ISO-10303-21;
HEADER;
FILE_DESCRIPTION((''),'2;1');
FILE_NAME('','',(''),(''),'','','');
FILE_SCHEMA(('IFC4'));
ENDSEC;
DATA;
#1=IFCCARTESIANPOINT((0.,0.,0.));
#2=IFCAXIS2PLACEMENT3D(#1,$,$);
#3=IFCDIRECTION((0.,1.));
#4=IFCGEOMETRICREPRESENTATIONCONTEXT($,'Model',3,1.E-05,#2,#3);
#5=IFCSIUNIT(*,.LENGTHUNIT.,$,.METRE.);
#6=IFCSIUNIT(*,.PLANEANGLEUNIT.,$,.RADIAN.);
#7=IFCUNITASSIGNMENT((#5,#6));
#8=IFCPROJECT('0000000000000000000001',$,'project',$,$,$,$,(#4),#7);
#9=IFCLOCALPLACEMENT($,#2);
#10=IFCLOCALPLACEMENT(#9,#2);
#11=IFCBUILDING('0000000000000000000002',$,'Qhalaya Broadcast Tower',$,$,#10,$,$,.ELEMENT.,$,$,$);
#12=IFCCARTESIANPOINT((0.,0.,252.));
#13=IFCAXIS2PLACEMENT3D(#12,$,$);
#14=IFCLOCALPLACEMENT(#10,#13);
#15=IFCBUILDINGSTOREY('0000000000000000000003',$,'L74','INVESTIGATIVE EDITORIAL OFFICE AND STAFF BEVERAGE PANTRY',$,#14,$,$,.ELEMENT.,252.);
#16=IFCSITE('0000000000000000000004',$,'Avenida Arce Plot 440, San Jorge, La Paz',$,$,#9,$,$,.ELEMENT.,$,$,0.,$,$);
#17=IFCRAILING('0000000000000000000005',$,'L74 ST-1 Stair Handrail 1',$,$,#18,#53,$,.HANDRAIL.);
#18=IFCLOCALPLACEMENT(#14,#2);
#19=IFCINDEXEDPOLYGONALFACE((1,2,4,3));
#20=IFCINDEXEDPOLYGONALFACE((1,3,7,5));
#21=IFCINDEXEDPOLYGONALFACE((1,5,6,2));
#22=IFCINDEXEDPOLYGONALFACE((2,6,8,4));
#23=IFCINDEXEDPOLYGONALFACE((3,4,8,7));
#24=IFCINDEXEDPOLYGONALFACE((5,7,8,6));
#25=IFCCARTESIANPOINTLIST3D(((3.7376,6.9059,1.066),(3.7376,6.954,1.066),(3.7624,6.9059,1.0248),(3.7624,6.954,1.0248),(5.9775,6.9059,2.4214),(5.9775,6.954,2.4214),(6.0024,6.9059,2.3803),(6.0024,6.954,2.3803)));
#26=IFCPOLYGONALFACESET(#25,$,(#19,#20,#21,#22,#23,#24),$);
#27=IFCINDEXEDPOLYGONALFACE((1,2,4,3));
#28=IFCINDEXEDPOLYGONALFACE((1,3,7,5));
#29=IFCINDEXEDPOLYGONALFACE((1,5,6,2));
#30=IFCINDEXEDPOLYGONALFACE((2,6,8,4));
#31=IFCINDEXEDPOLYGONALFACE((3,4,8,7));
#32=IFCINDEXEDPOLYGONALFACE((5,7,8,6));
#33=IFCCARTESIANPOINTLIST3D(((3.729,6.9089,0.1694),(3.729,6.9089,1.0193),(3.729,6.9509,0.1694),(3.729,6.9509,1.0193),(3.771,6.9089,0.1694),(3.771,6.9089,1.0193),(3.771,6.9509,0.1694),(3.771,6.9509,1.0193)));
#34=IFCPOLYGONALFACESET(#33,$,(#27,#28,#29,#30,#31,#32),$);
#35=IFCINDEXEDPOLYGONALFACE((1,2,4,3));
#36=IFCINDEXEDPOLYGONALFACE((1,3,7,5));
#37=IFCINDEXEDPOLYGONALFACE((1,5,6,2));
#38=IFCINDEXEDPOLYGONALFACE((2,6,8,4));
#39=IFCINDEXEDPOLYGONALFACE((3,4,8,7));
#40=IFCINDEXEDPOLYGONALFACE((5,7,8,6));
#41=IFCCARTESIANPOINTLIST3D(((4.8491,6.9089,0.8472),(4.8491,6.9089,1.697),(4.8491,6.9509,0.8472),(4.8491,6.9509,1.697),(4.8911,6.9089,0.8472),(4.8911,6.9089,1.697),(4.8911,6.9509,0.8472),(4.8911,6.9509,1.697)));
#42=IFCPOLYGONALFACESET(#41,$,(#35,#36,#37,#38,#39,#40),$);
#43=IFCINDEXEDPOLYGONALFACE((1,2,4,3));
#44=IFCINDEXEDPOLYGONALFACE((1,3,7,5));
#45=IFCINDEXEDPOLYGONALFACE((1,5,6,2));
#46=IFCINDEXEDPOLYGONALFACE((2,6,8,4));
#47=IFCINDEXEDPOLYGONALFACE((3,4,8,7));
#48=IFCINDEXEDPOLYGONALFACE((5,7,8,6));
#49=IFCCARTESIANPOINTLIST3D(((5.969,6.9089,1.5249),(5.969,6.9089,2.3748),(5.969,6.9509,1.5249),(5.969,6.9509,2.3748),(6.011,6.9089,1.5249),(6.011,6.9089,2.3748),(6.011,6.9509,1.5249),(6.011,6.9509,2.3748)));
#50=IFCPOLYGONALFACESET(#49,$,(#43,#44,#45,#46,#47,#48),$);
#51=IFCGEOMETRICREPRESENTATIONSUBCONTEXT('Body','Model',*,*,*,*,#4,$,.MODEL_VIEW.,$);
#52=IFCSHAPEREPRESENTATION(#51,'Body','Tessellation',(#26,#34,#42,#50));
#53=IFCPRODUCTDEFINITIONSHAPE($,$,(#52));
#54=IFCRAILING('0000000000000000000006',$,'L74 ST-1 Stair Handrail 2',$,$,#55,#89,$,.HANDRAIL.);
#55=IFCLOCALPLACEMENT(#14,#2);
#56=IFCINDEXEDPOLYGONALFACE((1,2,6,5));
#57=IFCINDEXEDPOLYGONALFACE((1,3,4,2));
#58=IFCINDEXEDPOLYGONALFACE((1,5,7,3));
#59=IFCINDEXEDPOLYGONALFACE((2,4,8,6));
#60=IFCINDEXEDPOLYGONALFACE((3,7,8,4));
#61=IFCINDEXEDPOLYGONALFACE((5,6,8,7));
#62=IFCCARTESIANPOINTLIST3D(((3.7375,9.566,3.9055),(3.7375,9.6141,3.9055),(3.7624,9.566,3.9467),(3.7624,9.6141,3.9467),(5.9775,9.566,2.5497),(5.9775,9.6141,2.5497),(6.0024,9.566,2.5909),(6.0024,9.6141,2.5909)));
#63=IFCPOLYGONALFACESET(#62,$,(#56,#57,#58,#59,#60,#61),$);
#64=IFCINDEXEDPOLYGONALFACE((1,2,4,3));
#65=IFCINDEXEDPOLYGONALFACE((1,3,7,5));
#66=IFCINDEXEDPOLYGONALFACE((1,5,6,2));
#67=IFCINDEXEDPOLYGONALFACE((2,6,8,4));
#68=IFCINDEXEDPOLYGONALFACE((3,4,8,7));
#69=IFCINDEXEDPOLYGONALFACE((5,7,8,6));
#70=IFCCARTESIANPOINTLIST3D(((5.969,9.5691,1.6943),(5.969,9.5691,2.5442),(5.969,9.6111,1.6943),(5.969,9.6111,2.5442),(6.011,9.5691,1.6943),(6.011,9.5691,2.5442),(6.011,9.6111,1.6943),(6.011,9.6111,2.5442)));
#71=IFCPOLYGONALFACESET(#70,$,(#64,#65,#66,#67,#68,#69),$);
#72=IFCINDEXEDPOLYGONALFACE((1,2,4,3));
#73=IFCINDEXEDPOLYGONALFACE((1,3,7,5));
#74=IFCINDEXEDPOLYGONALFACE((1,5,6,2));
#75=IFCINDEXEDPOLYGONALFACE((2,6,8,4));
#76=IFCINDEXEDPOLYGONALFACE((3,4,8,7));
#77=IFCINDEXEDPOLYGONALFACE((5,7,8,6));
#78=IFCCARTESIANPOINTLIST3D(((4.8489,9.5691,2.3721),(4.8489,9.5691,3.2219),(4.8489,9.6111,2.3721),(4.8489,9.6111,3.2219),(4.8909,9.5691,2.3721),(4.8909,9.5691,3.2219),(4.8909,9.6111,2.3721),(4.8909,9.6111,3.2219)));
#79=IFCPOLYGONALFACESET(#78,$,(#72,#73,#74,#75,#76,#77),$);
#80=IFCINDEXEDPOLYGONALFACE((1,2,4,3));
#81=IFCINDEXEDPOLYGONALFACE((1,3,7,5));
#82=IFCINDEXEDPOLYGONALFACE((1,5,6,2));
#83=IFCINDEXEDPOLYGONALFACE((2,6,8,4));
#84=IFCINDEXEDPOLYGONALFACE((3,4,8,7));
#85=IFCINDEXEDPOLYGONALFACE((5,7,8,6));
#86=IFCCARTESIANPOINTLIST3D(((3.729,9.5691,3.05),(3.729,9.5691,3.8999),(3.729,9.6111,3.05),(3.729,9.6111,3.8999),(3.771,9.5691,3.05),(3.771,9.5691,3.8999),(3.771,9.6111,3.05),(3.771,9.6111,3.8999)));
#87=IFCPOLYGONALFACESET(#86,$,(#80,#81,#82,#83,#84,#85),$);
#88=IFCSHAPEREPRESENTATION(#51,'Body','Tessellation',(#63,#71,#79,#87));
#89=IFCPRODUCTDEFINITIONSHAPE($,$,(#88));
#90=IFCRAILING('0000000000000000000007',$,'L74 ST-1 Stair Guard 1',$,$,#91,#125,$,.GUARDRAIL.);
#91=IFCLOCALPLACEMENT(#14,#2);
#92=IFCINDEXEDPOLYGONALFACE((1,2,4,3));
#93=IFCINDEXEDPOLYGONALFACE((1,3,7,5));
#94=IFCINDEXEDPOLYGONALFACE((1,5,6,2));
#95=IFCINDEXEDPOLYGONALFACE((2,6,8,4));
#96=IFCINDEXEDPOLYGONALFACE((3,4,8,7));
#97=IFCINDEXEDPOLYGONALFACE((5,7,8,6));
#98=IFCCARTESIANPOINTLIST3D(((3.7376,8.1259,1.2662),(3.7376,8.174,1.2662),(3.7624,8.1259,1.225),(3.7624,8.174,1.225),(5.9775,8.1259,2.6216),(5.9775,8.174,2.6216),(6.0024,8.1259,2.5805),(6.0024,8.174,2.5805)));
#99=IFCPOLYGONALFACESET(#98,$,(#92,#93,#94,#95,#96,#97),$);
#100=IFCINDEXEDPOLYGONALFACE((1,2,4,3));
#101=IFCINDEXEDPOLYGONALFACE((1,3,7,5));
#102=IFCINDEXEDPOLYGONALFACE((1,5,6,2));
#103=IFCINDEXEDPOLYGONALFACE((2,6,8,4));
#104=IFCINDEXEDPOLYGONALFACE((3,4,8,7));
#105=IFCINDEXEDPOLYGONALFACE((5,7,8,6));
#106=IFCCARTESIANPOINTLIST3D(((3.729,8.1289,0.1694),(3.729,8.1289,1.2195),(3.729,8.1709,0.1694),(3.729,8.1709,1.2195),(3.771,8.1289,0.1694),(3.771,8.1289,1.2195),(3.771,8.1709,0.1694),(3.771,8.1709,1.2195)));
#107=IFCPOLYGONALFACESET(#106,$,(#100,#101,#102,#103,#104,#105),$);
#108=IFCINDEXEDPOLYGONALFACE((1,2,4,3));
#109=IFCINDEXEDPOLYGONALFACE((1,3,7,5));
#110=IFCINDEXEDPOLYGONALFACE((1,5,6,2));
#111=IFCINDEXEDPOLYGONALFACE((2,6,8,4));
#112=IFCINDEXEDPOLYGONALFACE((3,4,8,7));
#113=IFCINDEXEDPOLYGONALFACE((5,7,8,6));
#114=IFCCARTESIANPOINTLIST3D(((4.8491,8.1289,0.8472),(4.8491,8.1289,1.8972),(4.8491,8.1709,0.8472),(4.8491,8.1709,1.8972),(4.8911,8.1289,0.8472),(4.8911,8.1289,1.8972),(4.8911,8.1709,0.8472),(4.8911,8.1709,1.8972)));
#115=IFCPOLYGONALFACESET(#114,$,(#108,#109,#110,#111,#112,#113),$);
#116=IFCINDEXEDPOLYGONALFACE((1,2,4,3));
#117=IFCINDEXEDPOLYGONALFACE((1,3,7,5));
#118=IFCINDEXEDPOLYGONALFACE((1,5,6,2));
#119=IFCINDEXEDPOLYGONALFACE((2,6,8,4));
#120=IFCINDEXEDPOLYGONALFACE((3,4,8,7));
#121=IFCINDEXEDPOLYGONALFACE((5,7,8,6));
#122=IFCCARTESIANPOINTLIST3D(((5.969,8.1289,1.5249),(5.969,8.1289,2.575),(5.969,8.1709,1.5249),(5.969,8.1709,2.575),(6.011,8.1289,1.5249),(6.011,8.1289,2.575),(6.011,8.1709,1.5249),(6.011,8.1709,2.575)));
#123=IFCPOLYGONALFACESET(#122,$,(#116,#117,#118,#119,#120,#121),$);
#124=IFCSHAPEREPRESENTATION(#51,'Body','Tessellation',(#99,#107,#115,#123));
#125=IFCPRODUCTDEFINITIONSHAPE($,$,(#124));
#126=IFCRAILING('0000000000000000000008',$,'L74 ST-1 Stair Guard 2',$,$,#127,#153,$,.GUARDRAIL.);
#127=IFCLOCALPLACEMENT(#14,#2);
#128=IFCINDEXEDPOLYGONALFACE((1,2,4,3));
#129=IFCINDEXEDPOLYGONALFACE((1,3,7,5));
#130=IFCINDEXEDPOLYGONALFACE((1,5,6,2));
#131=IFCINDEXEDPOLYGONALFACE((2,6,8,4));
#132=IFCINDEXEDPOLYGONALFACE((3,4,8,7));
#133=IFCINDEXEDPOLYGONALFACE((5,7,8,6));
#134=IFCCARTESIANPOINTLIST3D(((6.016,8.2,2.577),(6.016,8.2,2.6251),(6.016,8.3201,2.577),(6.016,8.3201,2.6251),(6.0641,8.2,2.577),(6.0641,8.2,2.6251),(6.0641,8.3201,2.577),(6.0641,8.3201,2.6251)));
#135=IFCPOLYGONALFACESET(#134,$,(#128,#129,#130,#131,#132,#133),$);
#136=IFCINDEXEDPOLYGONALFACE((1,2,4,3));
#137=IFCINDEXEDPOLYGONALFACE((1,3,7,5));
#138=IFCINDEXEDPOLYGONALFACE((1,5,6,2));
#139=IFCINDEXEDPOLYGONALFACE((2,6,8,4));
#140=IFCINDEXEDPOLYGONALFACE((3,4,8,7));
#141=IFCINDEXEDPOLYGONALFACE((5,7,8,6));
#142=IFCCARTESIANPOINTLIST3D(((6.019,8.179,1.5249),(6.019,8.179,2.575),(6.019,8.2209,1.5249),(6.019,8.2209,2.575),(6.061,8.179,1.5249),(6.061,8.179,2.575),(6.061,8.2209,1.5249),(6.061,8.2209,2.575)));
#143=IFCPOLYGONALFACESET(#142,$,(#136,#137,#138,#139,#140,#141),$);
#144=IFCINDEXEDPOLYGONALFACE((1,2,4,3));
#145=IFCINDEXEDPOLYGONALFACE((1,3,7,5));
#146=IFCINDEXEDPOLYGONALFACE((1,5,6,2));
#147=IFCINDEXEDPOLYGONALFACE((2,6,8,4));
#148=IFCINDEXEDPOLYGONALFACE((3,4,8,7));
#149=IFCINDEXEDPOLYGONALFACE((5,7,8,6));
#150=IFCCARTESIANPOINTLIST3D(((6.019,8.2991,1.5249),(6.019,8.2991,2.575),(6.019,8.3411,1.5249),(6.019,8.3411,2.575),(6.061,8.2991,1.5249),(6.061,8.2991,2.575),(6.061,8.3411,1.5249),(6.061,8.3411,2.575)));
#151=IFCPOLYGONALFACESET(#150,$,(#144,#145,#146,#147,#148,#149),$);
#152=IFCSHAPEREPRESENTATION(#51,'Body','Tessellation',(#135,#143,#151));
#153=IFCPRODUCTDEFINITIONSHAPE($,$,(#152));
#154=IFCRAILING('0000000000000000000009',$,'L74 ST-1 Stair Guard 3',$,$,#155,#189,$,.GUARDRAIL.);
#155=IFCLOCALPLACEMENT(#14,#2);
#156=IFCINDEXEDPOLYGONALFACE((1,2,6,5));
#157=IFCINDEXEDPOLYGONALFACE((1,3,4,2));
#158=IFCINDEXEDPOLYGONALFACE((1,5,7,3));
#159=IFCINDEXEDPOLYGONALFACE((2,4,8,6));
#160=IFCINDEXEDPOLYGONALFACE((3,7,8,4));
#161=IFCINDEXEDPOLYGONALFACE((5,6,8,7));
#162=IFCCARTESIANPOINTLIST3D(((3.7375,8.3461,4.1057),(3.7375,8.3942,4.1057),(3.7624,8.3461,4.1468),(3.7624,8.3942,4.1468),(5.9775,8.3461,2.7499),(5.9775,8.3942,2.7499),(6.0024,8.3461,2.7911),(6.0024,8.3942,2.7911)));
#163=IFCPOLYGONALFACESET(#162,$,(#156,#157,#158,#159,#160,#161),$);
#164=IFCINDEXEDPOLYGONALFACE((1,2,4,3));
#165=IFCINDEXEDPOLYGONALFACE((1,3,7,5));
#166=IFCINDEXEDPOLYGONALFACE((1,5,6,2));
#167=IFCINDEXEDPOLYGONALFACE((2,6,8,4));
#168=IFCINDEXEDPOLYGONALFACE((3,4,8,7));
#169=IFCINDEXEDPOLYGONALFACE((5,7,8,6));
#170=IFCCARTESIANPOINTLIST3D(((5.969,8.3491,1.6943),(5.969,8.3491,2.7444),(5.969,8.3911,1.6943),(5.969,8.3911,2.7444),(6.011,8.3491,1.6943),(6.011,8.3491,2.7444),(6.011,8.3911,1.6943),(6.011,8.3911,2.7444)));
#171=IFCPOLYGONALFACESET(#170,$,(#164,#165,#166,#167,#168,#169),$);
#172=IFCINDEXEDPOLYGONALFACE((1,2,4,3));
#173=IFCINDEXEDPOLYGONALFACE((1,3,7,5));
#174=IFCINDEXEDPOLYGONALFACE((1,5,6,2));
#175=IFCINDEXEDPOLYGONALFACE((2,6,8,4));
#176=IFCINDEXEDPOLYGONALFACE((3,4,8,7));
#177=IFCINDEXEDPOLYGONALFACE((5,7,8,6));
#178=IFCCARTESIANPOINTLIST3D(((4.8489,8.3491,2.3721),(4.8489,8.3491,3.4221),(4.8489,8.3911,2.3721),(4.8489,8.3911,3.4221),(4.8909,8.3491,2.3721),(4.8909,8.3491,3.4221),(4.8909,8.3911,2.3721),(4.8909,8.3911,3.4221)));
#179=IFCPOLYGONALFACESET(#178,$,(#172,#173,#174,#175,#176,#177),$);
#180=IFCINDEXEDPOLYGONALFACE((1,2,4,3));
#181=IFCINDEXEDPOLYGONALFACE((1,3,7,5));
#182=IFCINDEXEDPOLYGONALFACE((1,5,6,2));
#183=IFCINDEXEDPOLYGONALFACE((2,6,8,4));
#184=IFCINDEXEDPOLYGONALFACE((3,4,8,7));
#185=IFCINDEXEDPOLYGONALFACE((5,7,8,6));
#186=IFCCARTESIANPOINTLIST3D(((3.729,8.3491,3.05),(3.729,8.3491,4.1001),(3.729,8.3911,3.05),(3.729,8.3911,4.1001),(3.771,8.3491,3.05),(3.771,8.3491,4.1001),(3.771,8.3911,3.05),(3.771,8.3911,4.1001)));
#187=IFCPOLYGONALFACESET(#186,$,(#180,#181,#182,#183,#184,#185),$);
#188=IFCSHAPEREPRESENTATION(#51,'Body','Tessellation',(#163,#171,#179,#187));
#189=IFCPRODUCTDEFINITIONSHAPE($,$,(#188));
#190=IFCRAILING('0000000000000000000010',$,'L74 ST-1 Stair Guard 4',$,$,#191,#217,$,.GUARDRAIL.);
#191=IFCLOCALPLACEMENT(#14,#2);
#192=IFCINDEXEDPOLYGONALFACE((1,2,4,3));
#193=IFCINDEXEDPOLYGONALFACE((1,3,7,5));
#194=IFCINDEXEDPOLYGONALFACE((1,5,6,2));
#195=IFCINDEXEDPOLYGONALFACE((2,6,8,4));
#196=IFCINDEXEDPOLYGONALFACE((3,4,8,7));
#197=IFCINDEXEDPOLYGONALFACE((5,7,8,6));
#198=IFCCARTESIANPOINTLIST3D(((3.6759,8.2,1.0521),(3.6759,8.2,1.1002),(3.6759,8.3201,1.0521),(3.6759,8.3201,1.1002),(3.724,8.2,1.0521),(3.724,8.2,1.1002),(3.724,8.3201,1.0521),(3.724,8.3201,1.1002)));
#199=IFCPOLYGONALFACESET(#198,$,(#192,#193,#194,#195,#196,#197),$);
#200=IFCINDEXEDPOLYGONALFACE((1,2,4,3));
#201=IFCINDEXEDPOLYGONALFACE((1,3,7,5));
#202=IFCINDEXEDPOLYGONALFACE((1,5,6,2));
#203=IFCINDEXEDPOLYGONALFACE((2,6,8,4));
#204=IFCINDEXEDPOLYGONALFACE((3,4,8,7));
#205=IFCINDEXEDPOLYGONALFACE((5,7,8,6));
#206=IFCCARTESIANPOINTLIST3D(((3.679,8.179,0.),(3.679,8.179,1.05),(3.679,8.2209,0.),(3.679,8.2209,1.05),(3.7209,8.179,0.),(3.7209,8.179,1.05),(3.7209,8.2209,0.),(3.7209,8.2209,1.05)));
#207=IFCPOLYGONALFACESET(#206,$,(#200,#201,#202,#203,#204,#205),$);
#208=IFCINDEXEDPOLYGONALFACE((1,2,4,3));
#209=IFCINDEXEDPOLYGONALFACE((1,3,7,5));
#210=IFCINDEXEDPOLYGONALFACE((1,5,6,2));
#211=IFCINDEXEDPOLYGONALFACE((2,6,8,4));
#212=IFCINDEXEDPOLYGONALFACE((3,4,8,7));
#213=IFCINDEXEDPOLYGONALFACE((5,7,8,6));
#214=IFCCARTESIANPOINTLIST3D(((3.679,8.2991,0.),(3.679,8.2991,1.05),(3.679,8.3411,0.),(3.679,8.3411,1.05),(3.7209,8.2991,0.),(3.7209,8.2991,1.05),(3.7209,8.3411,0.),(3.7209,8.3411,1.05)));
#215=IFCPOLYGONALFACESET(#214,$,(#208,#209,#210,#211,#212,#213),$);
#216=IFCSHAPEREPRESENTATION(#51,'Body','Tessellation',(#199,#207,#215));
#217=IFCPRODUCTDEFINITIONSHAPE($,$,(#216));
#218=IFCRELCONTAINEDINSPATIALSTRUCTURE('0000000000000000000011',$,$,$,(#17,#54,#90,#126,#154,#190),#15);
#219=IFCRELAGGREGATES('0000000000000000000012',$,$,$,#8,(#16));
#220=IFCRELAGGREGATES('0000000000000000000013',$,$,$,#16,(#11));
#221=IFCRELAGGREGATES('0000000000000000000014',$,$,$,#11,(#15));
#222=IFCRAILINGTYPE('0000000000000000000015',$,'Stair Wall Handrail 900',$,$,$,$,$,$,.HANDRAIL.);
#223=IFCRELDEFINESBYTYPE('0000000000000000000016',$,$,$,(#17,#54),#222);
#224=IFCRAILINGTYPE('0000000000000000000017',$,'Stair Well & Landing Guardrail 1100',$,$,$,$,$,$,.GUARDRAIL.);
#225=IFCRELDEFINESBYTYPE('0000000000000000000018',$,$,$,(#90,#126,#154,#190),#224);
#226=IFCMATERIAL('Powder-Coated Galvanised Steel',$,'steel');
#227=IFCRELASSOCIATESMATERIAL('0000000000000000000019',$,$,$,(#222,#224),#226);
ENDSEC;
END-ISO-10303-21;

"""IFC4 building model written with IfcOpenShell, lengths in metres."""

from ifc_helpers import new_model, si_unit, direction, frame, origin, origin_2d, place, context, subcontext, project, spatial, rectangle, extrude, material, type_object, element, save


model = new_model("IFC4")

# Units and contexts
model_context = context("Model", 3, precision=1e-05, world=origin(), true_north=direction((0.0, 1.0)))
body_context = subcontext(model_context, "Body", "Model", "MODEL_VIEW")
ifc_project = project(units=[si_unit("LENGTHUNIT", "METRE"), si_unit("PLANEANGLEUNIT", "RADIAN")], contexts=[model_context])

# Site, building, storey
site_placement = place(None, origin())
site = spatial("IfcSite", under=ifc_project, at=site_placement, Name="Avenida Arce Plot 440, San Jorge, La Paz", CompositionType="ELEMENT", RefElevation=0.0)
building_placement = place(site_placement, origin())
building = spatial("IfcBuilding", under=site, at=building_placement, Name="Qhalaya Broadcast Tower", CompositionType="ELEMENT")
storey_placement = place(building_placement, frame((0.0, 0.0, 252.0)))
storey = spatial("IfcBuildingStorey", under=building, at=storey_placement, Name="L74", Description="INVESTIGATIVE EDITORIAL OFFICE AND STAFF BEVERAGE PANTRY", CompositionType="ELEMENT", Elevation=252.0)

# Railings
ifc_material_1 = material(Name="Powder-Coated Galvanised Steel", Category="steel")
railing_type_1 = type_object("IfcRailingType", Name="Stair Wall Handrail 900", PredefinedType="HANDRAIL", material=ifc_material_1)
railing_1_placement = place(storey_placement, frame((3.75, 6.9299, 0.1694)))
element("IfcRailing", 1, at=railing_1_placement, inside=storey, type_object=railing_type_1, Name="L74 ST-1 Stair Handrail 1", PredefinedType="HANDRAIL", context=body_context, shape_type="SweptSolid", body=[
    extrude(rectangle(XDim=0.0481, YDim=0.0481, at=origin_2d()), frame((0.0, 0.0, 0.876), z_axis=(0.855553, 0.0, 0.517715), x_axis=(0.0, 1.0, 0.0)), (0.0, 0.0, 1.0), 2.6182),
    extrude(rectangle(XDim=0.042, YDim=0.042, at=origin_2d()), origin(), (0.0, 0.0, 1.0), 0.8499),
    extrude(rectangle(XDim=0.042, YDim=0.042, at=origin_2d()), frame((1.1201, 0.0, 0.6777)), (0.0, 0.0, 1.0), 0.8499),
    extrude(rectangle(XDim=0.042, YDim=0.042, at=origin_2d()), frame((2.24, 0.0, 1.3555)), (0.0, 0.0, 1.0), 0.8499),
])
railing_2_placement = place(storey_placement, frame((5.99, 9.5901, 1.6943)))
element("IfcRailing", 2, at=railing_2_placement, inside=storey, type_object=railing_type_1, Name="L74 ST-1 Stair Handrail 2", PredefinedType="HANDRAIL", context=body_context, shape_type="SweptSolid", body=[
    extrude(rectangle(XDim=0.0481, YDim=0.0481, at=origin_2d()), frame((0.0, 0.0, 0.876), z_axis=(-0.855512, 0.0, 0.517783), x_axis=(0.0, -1.0, 0.0)), (0.0, 0.0, 1.0), 2.6184),
    extrude(rectangle(XDim=0.042, YDim=0.042, at=origin_2d()), origin(), (0.0, 0.0, 1.0), 0.8499),
    extrude(rectangle(XDim=0.042, YDim=0.042, at=origin_2d()), frame((-1.1201, 0.0, 0.6777)), (0.0, 0.0, 1.0), 0.8499),
    extrude(rectangle(XDim=0.042, YDim=0.042, at=origin_2d()), frame((-2.24, 0.0, 1.3557)), (0.0, 0.0, 1.0), 0.8499),
])
railing_type_2 = type_object("IfcRailingType", Name="Stair Well & Landing Guardrail 1100", PredefinedType="GUARDRAIL", material=ifc_material_1)
railing_3_placement = place(storey_placement, frame((3.75, 8.1499, 0.1694)))
element("IfcRailing", 3, at=railing_3_placement, inside=storey, type_object=railing_type_2, Name="L74 ST-1 Stair Guard 1", PredefinedType="GUARDRAIL", context=body_context, shape_type="SweptSolid", body=[
    extrude(rectangle(XDim=0.0481, YDim=0.0481, at=origin_2d()), frame((0.0, 0.0, 1.0762), z_axis=(0.855553, 0.0, 0.517715), x_axis=(0.0, 1.0, 0.0)), (0.0, 0.0, 1.0), 2.6182),
    extrude(rectangle(XDim=0.042, YDim=0.042, at=origin_2d()), origin(), (0.0, 0.0, 1.0), 1.05),
    extrude(rectangle(XDim=0.042, YDim=0.042, at=origin_2d()), frame((1.1201, 0.0, 0.6777)), (0.0, 0.0, 1.0), 1.05),
    extrude(rectangle(XDim=0.042, YDim=0.042, at=origin_2d()), frame((2.24, 0.0, 1.3555)), (0.0, 0.0, 1.0), 1.05),
])
railing_4_placement = place(storey_placement, frame((6.04, 8.2, 1.5249)))
element("IfcRailing", 4, at=railing_4_placement, inside=storey, type_object=railing_type_2, Name="L74 ST-1 Stair Guard 2", PredefinedType="GUARDRAIL", context=body_context, shape_type="SweptSolid", body=[
    extrude(rectangle(XDim=0.0481, YDim=0.0481, at=origin_2d()), frame((0.0, 0.0, 1.0762), z_axis=(0.0, 1.0, 0.0), x_axis=(-1.0, 0.0, 0.0)), (0.0, 0.0, 1.0), 0.1201),
    extrude(rectangle(XDim=0.042, YDim=0.042, at=origin_2d()), origin(), (0.0, 0.0, 1.0), 1.05),
    extrude(rectangle(XDim=0.042, YDim=0.042, at=origin_2d()), frame((0.0, 0.1201, 0.0)), (0.0, 0.0, 1.0), 1.05),
])
railing_5_placement = place(storey_placement, frame((5.99, 8.3701, 1.6943)))
element("IfcRailing", 5, at=railing_5_placement, inside=storey, type_object=railing_type_2, Name="L74 ST-1 Stair Guard 3", PredefinedType="GUARDRAIL", context=body_context, shape_type="SweptSolid", body=[
    extrude(rectangle(XDim=0.0481, YDim=0.0481, at=origin_2d()), frame((0.0, 0.0, 1.0762), z_axis=(-0.855512, 0.0, 0.517783), x_axis=(0.0, -1.0, 0.0)), (0.0, 0.0, 1.0), 2.6184),
    extrude(rectangle(XDim=0.042, YDim=0.042, at=origin_2d()), origin(), (0.0, 0.0, 1.0), 1.05),
    extrude(rectangle(XDim=0.042, YDim=0.042, at=origin_2d()), frame((-1.1201, 0.0, 0.6777)), (0.0, 0.0, 1.0), 1.05),
    extrude(rectangle(XDim=0.042, YDim=0.042, at=origin_2d()), frame((-2.24, 0.0, 1.3557)), (0.0, 0.0, 1.0), 1.05),
])
railing_6_placement = place(storey_placement, frame((3.7, 8.2, 0.0)))
element("IfcRailing", 6, at=railing_6_placement, inside=storey, type_object=railing_type_2, Name="L74 ST-1 Stair Guard 4", PredefinedType="GUARDRAIL", context=body_context, shape_type="SweptSolid", body=[
    extrude(rectangle(XDim=0.0481, YDim=0.0481, at=origin_2d()), frame((0.0, 0.0, 1.0762), z_axis=(0.0, 1.0, 0.0), x_axis=(-1.0, 0.0, 0.0)), (0.0, 0.0, 1.0), 0.1201),
    extrude(rectangle(XDim=0.042, YDim=0.042, at=origin_2d()), origin(), (0.0, 0.0, 1.0), 1.05),
    extrude(rectangle(XDim=0.042, YDim=0.042, at=origin_2d()), frame((0.0, 0.1201, 0.0)), (0.0, 0.0, 1.0), 1.05),
])

save(model, "model.ifc")
